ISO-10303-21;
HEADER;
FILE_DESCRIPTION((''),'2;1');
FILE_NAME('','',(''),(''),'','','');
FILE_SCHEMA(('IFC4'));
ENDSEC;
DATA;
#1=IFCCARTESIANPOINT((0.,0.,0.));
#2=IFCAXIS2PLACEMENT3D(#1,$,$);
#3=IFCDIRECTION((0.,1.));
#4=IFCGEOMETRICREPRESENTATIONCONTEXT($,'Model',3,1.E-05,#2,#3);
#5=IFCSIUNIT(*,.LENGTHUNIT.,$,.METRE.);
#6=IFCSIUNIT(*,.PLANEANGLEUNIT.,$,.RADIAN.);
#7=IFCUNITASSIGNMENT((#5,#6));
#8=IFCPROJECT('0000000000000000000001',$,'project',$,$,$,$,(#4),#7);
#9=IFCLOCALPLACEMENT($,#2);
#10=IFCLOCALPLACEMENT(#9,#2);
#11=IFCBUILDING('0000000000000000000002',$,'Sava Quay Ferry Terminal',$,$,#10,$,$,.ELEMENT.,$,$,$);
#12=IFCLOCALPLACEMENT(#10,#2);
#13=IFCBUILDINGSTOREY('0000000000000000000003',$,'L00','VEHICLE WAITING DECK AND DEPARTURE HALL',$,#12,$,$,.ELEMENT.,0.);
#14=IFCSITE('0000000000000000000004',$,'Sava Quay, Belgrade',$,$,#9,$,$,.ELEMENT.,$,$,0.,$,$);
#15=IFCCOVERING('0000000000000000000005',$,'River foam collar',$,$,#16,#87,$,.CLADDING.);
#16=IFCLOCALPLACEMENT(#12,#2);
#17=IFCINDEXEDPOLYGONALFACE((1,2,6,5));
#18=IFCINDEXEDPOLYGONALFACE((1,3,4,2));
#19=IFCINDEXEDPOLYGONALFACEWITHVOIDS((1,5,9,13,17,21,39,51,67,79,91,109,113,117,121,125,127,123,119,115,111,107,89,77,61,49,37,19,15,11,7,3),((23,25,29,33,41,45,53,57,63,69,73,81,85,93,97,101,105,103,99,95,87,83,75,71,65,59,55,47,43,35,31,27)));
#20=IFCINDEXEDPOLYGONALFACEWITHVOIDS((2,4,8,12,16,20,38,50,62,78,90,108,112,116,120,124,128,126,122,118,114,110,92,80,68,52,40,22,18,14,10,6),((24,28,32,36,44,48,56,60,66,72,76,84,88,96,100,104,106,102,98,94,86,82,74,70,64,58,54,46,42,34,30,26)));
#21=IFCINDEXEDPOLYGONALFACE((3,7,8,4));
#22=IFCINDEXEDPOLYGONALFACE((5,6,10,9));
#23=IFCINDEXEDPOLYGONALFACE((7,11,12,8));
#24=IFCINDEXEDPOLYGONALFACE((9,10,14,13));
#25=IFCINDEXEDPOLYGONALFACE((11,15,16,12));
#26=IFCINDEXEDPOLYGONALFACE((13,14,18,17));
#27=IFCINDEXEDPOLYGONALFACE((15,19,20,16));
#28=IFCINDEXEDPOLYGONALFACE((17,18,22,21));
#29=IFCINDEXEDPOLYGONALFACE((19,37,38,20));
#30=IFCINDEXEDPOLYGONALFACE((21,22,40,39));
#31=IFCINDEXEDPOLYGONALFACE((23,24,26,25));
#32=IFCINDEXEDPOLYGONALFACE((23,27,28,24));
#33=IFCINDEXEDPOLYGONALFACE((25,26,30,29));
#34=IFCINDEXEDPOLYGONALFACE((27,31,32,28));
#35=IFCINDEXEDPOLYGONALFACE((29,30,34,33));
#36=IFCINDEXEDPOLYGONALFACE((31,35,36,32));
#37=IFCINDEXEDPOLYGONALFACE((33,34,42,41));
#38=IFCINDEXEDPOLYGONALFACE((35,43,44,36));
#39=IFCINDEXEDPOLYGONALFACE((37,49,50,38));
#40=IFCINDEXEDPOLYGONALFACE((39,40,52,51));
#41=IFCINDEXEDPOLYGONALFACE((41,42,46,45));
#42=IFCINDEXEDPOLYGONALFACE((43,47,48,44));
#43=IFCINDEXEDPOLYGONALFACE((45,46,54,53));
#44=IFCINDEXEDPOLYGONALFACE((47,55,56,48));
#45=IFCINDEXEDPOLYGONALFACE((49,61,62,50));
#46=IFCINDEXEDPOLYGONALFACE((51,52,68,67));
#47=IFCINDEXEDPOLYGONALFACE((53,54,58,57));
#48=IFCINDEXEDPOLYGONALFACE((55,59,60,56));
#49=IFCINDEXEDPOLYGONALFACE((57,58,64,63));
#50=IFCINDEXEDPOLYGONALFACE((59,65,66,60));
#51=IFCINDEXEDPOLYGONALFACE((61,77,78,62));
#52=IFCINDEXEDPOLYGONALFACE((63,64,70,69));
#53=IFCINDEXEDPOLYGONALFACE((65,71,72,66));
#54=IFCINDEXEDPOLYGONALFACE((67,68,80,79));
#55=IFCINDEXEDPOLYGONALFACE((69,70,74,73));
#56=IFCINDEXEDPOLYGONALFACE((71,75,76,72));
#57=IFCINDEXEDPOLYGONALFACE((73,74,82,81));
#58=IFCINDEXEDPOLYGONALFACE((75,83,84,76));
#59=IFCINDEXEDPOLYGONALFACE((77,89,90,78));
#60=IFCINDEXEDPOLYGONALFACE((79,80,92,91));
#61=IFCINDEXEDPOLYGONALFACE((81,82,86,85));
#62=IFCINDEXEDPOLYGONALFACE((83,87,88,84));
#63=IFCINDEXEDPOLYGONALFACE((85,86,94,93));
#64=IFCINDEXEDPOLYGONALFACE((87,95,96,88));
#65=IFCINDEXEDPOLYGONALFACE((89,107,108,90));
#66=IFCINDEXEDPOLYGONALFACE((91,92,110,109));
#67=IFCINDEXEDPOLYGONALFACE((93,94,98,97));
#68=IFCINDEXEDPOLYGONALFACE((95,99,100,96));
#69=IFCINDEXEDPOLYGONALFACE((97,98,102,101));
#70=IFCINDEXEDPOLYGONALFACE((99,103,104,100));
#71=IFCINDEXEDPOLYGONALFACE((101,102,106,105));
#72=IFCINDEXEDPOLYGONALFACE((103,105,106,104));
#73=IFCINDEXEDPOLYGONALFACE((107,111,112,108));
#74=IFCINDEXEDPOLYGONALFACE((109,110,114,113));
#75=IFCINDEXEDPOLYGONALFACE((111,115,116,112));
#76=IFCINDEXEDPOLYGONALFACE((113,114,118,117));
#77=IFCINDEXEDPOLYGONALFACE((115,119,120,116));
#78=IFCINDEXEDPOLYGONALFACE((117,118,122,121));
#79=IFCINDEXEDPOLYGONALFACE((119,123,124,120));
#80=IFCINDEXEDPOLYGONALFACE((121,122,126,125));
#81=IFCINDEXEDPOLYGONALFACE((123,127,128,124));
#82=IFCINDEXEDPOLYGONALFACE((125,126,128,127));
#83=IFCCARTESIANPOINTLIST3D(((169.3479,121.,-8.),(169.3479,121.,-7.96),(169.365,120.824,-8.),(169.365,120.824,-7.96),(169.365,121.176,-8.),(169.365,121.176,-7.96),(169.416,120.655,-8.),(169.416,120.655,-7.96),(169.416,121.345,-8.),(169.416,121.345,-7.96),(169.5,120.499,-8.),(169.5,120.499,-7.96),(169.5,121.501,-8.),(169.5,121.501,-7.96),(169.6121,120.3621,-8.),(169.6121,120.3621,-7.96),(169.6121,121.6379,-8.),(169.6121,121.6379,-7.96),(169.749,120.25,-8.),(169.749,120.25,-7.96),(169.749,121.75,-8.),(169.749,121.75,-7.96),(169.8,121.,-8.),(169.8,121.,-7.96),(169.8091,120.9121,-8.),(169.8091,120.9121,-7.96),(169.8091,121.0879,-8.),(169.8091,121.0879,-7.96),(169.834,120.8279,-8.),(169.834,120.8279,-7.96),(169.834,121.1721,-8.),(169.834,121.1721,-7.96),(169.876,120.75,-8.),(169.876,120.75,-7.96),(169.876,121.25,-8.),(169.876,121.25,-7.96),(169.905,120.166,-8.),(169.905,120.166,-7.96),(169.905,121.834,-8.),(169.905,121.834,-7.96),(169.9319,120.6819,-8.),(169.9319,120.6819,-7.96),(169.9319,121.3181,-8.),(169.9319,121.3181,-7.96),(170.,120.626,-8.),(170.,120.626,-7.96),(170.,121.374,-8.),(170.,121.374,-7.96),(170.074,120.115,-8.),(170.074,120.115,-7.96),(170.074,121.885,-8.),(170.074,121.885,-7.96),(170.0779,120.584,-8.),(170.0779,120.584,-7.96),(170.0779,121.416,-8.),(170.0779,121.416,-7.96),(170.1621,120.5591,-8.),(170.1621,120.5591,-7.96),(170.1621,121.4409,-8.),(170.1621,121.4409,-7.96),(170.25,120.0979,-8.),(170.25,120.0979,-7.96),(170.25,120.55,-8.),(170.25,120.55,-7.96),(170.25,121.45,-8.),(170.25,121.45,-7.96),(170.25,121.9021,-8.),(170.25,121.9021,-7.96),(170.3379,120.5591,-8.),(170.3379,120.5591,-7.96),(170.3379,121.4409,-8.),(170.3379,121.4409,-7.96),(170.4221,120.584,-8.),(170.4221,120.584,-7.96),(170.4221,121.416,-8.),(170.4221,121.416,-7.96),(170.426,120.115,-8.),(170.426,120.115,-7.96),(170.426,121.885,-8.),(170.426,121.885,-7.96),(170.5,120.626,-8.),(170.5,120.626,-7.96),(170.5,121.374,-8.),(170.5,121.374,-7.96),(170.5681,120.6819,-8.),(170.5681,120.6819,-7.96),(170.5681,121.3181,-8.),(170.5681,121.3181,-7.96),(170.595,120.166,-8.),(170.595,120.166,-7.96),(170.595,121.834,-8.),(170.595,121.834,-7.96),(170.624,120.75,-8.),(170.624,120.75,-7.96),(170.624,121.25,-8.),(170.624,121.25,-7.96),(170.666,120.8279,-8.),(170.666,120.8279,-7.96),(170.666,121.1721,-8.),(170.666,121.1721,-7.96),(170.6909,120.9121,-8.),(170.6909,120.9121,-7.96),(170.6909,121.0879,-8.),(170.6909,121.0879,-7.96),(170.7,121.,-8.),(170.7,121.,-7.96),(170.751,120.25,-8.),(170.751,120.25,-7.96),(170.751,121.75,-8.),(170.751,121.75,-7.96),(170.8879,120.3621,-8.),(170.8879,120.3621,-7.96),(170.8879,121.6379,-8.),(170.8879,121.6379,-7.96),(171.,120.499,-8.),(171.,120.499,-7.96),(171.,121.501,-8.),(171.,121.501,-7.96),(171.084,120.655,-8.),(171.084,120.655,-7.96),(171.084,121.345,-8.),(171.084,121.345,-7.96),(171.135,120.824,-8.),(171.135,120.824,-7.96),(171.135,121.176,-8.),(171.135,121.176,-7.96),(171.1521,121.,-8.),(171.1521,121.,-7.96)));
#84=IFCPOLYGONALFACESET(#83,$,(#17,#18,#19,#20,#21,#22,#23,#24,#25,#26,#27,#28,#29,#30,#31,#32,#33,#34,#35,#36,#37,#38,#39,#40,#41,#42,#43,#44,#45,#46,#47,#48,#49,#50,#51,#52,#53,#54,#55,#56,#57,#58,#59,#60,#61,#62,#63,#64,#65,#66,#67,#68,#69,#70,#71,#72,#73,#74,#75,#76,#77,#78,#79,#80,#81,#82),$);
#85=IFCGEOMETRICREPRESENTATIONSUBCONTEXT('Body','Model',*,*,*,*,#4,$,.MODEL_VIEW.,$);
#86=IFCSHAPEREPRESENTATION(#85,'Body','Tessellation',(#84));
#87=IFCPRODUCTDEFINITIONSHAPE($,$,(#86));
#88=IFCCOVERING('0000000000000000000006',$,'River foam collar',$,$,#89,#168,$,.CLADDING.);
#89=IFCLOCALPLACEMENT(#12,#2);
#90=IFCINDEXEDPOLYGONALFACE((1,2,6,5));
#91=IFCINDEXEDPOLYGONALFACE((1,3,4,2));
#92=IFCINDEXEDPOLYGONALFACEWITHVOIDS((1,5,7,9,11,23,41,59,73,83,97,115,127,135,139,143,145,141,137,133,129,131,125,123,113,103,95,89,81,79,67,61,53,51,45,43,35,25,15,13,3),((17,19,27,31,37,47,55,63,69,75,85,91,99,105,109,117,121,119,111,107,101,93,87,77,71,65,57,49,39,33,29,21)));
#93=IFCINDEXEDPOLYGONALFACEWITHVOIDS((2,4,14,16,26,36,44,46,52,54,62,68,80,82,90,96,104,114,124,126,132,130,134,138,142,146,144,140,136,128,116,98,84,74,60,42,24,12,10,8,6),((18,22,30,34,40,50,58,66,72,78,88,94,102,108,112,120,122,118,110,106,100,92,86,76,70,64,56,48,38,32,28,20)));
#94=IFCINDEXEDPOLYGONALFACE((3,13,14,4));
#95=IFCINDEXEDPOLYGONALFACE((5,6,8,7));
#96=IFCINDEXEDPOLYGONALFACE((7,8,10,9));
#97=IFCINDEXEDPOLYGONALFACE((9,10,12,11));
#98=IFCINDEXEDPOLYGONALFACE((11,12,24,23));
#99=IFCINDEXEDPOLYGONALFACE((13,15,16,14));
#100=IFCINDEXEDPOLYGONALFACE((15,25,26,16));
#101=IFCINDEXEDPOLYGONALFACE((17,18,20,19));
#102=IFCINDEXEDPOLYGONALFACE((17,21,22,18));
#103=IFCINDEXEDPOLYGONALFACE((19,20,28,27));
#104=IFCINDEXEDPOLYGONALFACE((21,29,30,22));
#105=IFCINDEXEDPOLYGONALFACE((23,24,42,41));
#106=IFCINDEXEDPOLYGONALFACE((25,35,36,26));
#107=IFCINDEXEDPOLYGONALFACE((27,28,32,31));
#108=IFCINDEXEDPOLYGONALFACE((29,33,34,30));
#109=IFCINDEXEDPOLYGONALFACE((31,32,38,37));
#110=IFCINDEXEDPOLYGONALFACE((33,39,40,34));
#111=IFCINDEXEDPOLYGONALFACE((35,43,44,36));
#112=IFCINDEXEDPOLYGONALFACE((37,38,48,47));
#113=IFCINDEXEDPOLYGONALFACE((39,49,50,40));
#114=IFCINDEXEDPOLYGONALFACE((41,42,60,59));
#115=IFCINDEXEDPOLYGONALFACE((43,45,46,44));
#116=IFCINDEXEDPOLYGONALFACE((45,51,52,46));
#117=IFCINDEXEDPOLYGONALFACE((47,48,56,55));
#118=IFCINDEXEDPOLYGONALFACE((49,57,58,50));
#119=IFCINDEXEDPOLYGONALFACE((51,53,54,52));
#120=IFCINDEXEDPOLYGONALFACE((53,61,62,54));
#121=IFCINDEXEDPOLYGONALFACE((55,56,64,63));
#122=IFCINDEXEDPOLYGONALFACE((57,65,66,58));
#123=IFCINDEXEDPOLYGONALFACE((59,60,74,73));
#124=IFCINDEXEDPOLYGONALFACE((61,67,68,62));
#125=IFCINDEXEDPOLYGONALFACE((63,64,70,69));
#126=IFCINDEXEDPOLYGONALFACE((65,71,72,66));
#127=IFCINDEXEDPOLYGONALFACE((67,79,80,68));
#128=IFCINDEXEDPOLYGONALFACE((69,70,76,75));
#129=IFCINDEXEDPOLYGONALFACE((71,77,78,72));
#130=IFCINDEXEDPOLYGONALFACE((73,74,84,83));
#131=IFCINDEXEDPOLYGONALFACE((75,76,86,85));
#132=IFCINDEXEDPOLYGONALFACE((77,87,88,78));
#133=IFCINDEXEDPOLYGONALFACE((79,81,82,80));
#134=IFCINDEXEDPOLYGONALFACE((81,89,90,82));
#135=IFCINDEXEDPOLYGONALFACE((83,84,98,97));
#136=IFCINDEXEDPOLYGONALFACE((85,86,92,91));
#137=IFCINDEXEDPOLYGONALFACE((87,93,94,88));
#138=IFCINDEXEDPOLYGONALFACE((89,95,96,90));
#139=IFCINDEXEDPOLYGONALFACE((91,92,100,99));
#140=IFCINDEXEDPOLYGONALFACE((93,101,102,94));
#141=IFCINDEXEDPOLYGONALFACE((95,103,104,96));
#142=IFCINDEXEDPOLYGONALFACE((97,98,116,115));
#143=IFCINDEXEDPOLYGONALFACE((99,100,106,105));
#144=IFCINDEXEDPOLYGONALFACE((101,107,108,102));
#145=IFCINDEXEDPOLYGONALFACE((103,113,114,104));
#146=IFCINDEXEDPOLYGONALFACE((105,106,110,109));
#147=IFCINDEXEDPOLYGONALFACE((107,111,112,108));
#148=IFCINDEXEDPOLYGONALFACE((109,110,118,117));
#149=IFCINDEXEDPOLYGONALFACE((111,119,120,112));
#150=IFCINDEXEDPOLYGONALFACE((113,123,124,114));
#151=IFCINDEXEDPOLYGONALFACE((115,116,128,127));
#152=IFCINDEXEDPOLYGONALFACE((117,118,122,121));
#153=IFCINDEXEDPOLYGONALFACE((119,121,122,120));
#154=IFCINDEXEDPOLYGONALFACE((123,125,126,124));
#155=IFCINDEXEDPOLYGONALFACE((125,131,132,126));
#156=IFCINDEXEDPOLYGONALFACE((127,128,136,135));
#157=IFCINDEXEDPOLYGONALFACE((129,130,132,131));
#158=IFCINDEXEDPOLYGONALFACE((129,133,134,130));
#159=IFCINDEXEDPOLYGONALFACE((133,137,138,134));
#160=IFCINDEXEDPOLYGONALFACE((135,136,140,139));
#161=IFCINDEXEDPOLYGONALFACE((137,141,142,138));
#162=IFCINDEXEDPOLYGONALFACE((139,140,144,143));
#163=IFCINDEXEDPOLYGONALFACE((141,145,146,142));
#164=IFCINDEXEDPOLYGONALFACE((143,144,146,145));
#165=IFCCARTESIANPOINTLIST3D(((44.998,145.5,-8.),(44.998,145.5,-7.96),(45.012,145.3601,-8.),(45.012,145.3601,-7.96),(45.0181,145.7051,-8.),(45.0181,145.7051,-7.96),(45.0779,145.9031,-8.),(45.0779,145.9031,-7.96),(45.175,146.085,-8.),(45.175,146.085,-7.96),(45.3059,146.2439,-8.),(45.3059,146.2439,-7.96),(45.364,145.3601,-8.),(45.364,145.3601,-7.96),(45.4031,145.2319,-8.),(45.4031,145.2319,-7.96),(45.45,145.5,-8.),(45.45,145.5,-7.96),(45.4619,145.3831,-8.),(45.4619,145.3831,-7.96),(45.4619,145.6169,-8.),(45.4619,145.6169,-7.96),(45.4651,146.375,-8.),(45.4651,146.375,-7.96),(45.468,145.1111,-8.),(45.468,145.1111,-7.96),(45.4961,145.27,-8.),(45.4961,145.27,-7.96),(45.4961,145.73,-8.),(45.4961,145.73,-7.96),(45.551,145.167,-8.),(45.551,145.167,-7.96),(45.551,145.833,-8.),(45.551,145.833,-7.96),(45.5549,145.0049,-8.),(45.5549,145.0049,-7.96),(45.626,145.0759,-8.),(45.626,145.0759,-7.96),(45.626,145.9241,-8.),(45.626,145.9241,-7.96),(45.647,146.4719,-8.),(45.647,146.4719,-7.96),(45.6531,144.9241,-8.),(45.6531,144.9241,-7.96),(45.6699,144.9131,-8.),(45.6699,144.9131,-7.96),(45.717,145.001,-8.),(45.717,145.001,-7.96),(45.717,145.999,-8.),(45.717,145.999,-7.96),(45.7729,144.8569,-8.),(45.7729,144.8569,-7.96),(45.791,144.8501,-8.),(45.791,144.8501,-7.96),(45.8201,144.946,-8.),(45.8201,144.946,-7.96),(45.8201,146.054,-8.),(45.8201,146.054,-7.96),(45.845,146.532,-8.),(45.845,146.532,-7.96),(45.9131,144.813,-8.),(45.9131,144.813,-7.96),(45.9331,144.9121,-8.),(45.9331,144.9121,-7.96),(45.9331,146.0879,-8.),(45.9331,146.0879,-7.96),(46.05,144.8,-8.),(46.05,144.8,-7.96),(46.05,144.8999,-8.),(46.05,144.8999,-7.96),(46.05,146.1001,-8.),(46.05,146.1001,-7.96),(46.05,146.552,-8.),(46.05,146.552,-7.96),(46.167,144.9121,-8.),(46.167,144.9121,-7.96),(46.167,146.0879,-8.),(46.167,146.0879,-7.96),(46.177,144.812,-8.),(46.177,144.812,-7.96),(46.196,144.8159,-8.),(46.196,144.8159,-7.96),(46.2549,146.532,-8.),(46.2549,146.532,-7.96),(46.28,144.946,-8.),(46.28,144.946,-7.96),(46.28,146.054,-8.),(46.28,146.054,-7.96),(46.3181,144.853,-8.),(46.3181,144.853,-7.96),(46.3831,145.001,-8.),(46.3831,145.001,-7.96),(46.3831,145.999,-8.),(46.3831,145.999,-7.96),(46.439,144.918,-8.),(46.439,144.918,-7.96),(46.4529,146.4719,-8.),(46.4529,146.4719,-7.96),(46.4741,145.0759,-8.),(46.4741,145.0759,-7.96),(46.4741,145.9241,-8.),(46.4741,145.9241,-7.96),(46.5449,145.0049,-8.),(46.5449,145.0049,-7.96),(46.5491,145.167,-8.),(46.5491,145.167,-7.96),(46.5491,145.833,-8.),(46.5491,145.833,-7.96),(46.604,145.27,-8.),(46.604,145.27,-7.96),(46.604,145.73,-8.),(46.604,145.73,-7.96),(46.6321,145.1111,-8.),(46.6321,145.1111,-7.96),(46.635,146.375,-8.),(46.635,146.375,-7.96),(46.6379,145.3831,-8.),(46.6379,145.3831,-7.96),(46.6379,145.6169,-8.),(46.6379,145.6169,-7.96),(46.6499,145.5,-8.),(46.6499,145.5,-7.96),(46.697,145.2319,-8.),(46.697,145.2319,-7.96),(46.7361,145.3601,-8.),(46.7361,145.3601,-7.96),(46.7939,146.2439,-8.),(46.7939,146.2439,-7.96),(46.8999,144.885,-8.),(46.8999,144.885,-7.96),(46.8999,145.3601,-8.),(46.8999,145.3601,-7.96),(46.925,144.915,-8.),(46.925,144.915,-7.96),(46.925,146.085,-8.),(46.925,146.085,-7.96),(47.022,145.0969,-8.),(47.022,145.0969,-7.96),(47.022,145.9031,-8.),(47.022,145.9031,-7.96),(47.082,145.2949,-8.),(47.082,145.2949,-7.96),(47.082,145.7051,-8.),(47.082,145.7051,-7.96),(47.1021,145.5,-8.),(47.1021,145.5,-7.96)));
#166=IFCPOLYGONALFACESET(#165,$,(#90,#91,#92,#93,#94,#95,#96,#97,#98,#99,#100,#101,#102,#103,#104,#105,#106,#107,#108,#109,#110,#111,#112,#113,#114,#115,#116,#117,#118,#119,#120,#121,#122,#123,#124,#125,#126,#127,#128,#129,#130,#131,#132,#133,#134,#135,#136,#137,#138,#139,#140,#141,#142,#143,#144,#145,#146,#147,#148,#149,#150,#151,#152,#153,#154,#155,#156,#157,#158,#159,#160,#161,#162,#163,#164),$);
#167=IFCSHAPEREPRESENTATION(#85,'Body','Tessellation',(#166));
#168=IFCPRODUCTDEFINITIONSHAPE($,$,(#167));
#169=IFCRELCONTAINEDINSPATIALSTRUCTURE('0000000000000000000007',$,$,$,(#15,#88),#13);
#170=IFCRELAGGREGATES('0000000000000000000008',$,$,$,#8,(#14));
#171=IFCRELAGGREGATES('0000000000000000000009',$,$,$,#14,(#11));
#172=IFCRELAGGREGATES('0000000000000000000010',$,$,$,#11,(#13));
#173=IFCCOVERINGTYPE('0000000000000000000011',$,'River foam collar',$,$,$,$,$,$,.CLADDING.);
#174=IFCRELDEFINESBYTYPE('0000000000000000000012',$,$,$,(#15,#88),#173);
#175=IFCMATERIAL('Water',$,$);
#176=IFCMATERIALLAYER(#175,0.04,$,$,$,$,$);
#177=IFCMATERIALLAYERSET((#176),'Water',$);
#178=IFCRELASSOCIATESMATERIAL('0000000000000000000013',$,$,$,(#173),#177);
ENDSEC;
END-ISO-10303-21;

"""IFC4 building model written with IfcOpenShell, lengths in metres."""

from ifc_helpers import new_model, si_unit, direction, frame, origin, place, context, subcontext, project, spatial, polyline, outline, extrude, material, layer, layer_set, type_object, element, save


model = new_model("IFC4")

# Units and contexts
model_context = context("Model", 3, precision=1e-05, world=origin(), true_north=direction((0.0, 1.0)))
body_context = subcontext(model_context, "Body", "Model", "MODEL_VIEW")
ifc_project = project(units=[si_unit("LENGTHUNIT", "METRE"), si_unit("PLANEANGLEUNIT", "RADIAN")], contexts=[model_context])

# Site, building, storey
site_placement = place(None, origin())
site = spatial("IfcSite", under=ifc_project, at=site_placement, Name="Sava Quay, Belgrade", CompositionType="ELEMENT", RefElevation=0.0)
building_placement = place(site_placement, origin())
building = spatial("IfcBuilding", under=site, at=building_placement, Name="Sava Quay Ferry Terminal", CompositionType="ELEMENT")
storey_placement = place(building_placement, origin())
storey = spatial("IfcBuildingStorey", under=building, at=storey_placement, Name="L00", Description="VEHICLE WAITING DECK AND DEPARTURE HALL", CompositionType="ELEMENT", Elevation=0.0)

# Coverings
ifc_material = material(Name="Water")
ifc_layer = layer(ifc_material, 0.04)
ifc_layer_set = layer_set([ifc_layer], Name="Water")
covering_type = type_object("IfcCoveringType", Name="River foam collar", PredefinedType="CLADDING", material=ifc_layer_set)
covering_1_placement = place(storey_placement, frame((0.0, 0.0, -8.0)))
element("IfcCovering", 1, at=covering_1_placement, inside=storey, type_object=covering_type, Name="River foam collar", PredefinedType="CLADDING", context=body_context, shape_type="SweptSolid", body=[
    extrude(outline(polyline([(169.5, 121.501), (169.416, 121.345), (169.365, 121.176), (169.3479, 121.0), (169.365, 120.824), (169.416, 120.655), (169.5, 120.499), (169.6121, 120.3621), (169.749, 120.25), (169.905, 120.166), (170.074, 120.115), (170.25, 120.0979), (170.426, 120.115), (170.595, 120.166), (170.751, 120.25), (170.8879, 120.3621), (171.0, 120.499), (171.084, 120.655), (171.135, 120.824), (171.1521, 121.0), (171.135, 121.176), (171.084, 121.345), (171.0, 121.501), (170.8879, 121.6379), (170.751, 121.75), (170.595, 121.834), (170.426, 121.885), (170.25, 121.9021), (170.074, 121.885), (169.905, 121.834), (169.749, 121.75), (169.6121, 121.6379), (169.5, 121.501)]), holes=[polyline([(169.876, 120.75), (169.834, 120.8279), (169.8091, 120.9121), (169.8, 121.0), (169.8091, 121.0879), (169.834, 121.1721), (169.876, 121.25), (169.9319, 121.3181), (170.0, 121.374), (170.0779, 121.416), (170.1621, 121.4409), (170.25, 121.45), (170.3379, 121.4409), (170.4221, 121.416), (170.5, 121.374), (170.5681, 121.3181), (170.624, 121.25), (170.666, 121.1721), (170.6909, 121.0879), (170.7, 121.0), (170.6909, 120.9121), (170.666, 120.8279), (170.624, 120.75), (170.5681, 120.6819), (170.5, 120.626), (170.4221, 120.584), (170.3379, 120.5591), (170.25, 120.55), (170.1621, 120.5591), (170.0779, 120.584), (170.0, 120.626), (169.9319, 120.6819), (169.876, 120.75)])]), origin(), (0.0, 0.0, 1.0), 0.04),
])
covering_2_placement = place(storey_placement, frame((0.0, 0.0, -8.0)))
element("IfcCovering", 2, at=covering_2_placement, inside=storey, type_object=covering_type, Name="River foam collar", PredefinedType="CLADDING", context=body_context, shape_type="SweptSolid", body=[
    extrude(outline(polyline([(47.022, 145.0969), (47.082, 145.2949), (47.1021, 145.5), (47.082, 145.7051), (47.022, 145.9031), (46.925, 146.085), (46.7939, 146.2439), (46.635, 146.375), (46.4529, 146.4719), (46.2549, 146.532), (46.05, 146.552), (45.845, 146.532), (45.647, 146.4719), (45.4651, 146.375), (45.3059, 146.2439), (45.175, 146.085), (45.0779, 145.9031), (45.0181, 145.7051), (44.998, 145.5), (45.012, 145.3601), (45.364, 145.3601), (45.4031, 145.2319), (45.468, 145.1111), (45.5549, 145.0049), (45.6531, 144.9241), (45.6699, 144.9131), (45.7729, 144.8569), (45.791, 144.8501), (45.9131, 144.813), (46.05, 144.8), (46.177, 144.812), (46.196, 144.8159), (46.3181, 144.853), (46.439, 144.918), (46.5449, 145.0049), (46.6321, 145.1111), (46.697, 145.2319), (46.7361, 145.3601), (46.8999, 145.3601), (46.8999, 144.885), (46.925, 144.915), (47.022, 145.0969)]), holes=[polyline([(45.626, 145.0759), (45.551, 145.167), (45.4961, 145.27), (45.4619, 145.3831), (45.45, 145.5), (45.4619, 145.6169), (45.4961, 145.73), (45.551, 145.833), (45.626, 145.9241), (45.717, 145.999), (45.8201, 146.054), (45.9331, 146.0879), (46.05, 146.1001), (46.167, 146.0879), (46.28, 146.054), (46.3831, 145.999), (46.4741, 145.9241), (46.5491, 145.833), (46.604, 145.73), (46.6379, 145.6169), (46.6499, 145.5), (46.6379, 145.3831), (46.604, 145.27), (46.5491, 145.167), (46.4741, 145.0759), (46.3831, 145.001), (46.28, 144.946), (46.167, 144.9121), (46.05, 144.8999), (45.9331, 144.9121), (45.8201, 144.946), (45.717, 145.001), (45.626, 145.0759)])]), origin(), (0.0, 0.0, 1.0), 0.04),
])

save(model, "model.ifc")
